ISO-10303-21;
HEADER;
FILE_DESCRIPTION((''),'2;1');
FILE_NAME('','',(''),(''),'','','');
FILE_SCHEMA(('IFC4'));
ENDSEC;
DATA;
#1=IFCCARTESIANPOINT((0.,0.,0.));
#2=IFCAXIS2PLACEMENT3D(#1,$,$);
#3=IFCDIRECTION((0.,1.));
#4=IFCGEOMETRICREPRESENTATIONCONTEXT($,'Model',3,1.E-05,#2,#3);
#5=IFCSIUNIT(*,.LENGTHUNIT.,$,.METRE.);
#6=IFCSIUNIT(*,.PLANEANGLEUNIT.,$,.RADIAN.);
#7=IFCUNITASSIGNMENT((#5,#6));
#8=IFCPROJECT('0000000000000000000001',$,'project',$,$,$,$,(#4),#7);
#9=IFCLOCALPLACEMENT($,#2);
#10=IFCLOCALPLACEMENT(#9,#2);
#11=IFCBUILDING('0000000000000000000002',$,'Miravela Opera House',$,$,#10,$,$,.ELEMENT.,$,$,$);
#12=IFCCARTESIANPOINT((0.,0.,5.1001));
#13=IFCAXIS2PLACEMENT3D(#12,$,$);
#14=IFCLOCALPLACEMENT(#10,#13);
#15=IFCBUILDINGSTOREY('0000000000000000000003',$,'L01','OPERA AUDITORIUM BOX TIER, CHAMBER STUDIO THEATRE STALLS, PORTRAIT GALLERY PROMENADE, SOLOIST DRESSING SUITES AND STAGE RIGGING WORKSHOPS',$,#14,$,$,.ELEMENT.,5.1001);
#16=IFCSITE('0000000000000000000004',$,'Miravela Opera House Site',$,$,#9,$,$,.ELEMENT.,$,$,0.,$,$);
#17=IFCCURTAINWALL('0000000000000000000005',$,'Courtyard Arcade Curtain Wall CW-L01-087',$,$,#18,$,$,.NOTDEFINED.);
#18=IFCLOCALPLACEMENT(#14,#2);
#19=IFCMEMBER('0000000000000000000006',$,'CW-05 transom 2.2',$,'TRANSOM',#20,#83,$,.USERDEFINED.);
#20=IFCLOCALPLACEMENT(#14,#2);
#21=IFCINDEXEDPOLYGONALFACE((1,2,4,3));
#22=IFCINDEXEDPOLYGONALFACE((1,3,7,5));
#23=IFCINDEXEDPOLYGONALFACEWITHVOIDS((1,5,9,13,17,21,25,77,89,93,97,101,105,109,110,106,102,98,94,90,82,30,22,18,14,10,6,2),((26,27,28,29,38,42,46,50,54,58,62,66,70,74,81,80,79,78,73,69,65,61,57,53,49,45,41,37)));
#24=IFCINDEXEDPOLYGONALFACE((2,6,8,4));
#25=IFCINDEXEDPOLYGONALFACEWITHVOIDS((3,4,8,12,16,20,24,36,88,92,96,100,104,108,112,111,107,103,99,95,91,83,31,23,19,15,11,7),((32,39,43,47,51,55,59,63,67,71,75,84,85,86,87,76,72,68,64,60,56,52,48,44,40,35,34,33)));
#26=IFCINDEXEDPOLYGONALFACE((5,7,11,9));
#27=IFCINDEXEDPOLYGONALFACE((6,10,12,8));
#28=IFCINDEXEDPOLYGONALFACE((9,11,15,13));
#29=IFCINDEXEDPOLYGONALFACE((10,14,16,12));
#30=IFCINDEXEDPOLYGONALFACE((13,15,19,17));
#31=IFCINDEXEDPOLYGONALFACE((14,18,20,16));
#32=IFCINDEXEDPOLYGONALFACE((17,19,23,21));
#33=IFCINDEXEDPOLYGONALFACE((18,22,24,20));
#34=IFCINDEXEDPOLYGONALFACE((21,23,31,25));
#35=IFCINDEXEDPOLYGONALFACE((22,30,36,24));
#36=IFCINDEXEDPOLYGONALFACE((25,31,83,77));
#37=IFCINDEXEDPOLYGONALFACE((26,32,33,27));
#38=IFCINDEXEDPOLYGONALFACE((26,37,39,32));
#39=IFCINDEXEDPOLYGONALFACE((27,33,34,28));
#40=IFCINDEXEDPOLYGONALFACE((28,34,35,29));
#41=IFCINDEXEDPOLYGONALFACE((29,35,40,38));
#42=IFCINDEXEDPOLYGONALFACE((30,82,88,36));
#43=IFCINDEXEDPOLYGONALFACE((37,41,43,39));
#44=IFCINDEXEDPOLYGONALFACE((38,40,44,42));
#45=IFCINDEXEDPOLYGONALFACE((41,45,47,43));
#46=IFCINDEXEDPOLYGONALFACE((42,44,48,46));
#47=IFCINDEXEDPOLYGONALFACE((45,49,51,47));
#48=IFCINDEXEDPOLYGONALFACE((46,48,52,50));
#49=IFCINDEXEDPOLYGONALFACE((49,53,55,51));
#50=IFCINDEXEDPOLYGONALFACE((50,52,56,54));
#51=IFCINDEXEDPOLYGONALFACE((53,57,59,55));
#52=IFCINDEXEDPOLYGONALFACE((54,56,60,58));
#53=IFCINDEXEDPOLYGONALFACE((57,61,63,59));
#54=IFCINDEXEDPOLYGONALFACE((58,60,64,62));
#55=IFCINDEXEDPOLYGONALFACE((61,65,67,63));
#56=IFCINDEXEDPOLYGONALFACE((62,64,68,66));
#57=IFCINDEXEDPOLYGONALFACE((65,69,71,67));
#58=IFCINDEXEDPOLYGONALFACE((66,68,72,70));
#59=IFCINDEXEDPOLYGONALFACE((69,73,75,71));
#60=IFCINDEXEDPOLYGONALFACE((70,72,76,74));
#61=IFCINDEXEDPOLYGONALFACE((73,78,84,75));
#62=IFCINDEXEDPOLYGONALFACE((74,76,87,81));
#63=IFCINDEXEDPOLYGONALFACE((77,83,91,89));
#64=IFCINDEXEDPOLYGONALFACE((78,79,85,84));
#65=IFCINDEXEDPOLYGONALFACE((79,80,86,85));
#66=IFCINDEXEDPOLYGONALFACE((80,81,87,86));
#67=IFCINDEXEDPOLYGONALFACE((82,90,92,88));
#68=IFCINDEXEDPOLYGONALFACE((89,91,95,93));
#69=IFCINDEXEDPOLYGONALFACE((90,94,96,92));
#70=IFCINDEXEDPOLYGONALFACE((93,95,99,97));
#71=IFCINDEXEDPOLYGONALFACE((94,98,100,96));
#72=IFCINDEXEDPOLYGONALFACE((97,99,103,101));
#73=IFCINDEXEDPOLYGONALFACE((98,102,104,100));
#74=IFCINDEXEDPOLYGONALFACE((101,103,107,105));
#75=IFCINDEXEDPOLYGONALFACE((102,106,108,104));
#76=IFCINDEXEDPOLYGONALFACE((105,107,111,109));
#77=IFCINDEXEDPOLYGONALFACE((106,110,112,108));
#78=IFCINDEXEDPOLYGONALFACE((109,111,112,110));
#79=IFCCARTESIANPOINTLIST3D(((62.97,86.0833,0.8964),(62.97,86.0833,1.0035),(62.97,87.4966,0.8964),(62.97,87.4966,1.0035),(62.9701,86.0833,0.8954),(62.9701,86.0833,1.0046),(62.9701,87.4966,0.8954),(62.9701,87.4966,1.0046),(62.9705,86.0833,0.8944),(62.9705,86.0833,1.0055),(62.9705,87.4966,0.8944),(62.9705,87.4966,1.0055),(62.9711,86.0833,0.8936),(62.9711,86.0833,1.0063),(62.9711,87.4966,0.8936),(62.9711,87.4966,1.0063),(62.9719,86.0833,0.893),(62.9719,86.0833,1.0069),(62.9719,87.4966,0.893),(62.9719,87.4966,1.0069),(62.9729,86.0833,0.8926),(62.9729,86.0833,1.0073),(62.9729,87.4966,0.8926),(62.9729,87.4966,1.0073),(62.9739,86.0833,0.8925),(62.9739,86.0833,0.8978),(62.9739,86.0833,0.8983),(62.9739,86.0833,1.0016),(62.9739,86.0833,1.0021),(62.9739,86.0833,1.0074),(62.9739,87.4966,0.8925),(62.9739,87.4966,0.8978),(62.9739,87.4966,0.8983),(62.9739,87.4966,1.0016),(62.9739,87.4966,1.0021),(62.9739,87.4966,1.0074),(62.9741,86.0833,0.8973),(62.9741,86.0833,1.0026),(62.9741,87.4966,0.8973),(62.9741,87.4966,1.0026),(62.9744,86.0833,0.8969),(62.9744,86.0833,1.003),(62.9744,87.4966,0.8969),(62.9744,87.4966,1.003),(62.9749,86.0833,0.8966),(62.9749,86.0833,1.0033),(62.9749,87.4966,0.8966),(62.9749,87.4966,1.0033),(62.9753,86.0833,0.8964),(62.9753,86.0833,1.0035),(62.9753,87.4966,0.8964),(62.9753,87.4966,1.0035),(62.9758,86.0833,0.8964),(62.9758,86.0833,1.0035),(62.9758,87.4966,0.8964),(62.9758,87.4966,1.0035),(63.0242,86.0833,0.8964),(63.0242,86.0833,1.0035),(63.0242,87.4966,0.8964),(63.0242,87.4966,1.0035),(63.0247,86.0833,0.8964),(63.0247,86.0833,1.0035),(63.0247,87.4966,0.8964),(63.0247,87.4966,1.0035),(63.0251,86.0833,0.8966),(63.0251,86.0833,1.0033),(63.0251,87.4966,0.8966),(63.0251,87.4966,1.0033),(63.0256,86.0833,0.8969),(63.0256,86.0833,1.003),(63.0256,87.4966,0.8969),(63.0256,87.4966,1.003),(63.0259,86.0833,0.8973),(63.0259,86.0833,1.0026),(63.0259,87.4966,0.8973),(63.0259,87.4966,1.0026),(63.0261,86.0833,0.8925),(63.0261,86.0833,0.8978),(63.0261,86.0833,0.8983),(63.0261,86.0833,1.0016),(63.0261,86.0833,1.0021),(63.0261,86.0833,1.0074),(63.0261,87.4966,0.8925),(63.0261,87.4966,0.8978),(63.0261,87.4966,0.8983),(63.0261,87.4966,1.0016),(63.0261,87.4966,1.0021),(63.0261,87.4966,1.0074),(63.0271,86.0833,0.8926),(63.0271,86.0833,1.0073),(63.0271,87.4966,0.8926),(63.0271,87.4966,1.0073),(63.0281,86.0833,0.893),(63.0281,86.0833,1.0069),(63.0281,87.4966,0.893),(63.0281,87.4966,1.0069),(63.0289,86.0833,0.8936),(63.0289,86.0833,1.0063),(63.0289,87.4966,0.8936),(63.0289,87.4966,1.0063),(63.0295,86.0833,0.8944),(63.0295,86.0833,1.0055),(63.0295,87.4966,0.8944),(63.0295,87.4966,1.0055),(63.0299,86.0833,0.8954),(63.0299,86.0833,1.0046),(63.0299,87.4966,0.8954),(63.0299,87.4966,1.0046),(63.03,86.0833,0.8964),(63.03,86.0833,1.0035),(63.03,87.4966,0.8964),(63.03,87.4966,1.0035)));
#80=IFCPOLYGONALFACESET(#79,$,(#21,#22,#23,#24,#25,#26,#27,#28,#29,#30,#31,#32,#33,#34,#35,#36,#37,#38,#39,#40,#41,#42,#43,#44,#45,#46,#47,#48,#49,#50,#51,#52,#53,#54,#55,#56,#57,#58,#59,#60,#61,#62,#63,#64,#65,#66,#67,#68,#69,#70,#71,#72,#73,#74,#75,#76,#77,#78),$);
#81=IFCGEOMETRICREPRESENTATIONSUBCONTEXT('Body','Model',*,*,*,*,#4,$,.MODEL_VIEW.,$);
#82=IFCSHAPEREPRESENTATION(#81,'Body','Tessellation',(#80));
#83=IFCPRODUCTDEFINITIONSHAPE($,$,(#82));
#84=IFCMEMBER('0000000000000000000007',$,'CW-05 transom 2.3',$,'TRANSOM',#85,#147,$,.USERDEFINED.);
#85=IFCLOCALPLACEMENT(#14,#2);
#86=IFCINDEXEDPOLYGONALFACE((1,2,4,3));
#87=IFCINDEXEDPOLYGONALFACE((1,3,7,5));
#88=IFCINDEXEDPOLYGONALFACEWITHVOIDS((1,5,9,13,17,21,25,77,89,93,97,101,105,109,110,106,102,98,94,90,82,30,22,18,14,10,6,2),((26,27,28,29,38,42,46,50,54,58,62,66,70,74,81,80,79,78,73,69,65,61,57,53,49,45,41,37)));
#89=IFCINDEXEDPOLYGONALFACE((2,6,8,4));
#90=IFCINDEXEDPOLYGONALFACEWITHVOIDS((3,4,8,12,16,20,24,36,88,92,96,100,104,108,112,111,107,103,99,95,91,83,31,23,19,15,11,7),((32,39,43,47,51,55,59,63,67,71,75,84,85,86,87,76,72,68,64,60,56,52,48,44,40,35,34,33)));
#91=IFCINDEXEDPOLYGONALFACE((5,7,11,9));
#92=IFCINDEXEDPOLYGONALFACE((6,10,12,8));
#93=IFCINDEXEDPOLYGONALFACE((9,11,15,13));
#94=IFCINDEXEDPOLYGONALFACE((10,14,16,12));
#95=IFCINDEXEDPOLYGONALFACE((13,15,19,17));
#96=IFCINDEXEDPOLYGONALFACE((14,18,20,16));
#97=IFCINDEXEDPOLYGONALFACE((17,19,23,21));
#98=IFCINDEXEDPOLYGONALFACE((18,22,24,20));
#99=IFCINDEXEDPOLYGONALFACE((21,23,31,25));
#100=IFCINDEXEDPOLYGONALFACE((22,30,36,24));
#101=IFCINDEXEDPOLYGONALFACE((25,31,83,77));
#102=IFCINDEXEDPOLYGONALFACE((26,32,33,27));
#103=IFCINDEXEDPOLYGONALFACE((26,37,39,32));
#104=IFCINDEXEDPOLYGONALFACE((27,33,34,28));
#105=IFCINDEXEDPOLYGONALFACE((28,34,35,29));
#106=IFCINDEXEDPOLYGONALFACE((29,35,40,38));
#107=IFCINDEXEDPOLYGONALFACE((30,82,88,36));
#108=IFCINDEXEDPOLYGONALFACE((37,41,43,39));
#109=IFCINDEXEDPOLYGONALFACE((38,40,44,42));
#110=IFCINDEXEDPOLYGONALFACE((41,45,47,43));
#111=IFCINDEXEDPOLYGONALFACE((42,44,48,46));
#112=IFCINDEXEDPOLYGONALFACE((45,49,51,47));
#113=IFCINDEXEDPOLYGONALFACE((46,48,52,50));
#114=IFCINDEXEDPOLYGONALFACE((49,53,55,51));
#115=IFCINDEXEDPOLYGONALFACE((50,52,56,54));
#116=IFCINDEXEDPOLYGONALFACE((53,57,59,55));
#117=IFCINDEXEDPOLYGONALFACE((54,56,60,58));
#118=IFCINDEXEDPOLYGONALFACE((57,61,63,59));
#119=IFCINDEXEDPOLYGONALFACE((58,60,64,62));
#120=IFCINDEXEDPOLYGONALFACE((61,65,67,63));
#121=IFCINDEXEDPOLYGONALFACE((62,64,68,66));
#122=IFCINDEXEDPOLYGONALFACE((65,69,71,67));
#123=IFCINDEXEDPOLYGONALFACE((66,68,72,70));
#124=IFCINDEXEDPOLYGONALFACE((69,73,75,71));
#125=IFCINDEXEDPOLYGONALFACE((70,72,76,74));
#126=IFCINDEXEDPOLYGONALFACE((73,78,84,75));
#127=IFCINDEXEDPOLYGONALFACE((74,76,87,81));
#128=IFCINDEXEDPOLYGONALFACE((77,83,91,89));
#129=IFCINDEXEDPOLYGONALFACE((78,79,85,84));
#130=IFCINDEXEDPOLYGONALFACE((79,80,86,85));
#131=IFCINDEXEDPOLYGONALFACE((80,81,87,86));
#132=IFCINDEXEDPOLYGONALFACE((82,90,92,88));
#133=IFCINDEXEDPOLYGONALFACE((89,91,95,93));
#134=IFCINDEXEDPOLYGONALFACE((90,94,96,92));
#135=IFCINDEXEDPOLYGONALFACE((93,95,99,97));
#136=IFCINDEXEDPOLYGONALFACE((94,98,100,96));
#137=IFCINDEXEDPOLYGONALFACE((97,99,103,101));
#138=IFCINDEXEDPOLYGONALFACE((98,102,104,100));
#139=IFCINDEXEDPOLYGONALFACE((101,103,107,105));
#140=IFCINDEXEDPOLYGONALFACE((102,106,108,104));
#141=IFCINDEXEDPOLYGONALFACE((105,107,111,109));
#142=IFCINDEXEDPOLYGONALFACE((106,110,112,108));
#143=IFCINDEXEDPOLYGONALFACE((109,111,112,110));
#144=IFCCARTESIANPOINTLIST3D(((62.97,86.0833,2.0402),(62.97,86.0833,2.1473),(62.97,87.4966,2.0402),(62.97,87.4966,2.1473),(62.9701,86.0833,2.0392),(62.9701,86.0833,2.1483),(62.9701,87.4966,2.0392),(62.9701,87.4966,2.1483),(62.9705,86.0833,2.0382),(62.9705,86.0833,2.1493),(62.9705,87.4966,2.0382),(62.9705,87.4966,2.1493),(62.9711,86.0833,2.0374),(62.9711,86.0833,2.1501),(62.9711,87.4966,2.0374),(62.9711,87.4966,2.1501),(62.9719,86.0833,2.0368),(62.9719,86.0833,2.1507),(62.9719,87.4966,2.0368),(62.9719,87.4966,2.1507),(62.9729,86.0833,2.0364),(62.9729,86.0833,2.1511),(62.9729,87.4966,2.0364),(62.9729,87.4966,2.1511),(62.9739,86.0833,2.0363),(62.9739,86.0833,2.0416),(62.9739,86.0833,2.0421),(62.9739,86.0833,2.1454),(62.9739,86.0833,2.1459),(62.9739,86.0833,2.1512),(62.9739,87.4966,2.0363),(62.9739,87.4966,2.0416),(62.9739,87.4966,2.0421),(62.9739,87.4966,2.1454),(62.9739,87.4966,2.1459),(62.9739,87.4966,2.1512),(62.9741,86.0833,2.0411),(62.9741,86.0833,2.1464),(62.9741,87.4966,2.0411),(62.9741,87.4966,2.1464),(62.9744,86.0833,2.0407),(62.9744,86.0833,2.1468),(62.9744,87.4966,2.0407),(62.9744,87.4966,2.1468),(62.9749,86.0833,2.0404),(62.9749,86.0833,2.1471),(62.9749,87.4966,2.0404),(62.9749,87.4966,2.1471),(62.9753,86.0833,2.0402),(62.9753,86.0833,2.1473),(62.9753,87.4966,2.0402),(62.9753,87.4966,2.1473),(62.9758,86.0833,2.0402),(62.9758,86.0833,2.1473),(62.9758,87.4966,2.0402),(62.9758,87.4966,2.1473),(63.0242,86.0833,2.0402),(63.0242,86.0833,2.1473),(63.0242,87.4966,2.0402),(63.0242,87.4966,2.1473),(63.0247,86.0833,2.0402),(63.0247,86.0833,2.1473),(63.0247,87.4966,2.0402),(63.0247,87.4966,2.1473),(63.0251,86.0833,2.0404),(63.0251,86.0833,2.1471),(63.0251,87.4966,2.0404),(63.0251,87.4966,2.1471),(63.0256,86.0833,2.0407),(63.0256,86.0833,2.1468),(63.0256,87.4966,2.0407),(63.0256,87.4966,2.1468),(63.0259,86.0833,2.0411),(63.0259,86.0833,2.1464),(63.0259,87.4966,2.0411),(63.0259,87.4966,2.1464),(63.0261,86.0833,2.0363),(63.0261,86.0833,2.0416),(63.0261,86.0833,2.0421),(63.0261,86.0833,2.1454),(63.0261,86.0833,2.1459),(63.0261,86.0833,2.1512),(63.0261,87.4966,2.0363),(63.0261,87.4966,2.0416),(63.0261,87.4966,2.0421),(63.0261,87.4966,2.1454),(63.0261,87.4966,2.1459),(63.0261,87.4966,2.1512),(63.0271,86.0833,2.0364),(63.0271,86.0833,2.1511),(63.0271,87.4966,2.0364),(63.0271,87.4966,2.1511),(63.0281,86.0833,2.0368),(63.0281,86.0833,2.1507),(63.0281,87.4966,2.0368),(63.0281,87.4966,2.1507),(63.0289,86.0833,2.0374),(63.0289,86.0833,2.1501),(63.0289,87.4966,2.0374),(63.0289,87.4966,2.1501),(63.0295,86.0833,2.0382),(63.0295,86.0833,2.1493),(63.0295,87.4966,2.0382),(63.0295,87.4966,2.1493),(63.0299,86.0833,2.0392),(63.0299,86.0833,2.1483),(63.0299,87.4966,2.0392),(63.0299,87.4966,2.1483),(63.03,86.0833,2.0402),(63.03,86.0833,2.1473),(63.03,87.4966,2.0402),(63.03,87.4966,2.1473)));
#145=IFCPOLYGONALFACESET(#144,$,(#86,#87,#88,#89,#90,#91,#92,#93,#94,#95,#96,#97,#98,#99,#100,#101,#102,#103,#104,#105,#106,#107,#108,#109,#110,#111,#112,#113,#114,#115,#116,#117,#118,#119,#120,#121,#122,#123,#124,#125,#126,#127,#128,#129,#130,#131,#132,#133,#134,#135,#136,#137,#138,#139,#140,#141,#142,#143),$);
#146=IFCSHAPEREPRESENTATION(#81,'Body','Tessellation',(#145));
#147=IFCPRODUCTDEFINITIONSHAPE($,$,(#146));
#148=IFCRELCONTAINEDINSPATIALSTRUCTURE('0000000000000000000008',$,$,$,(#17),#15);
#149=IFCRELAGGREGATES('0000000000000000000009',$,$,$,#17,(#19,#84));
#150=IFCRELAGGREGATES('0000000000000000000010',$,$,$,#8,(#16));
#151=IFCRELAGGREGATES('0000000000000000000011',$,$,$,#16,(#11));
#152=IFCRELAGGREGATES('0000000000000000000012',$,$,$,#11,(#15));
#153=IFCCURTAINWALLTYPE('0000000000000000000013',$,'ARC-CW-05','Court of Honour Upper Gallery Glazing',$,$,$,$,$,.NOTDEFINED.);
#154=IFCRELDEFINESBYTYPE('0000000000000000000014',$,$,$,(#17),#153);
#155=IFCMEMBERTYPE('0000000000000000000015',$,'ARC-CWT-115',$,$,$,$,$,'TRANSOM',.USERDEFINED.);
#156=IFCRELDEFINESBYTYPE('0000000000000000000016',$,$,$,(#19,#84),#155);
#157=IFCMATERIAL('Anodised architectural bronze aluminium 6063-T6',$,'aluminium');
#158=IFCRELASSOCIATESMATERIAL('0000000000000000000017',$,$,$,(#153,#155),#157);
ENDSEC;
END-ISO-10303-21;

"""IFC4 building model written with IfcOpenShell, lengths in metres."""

from ifc_helpers import new_model, si_unit, direction, frame, origin, origin_2d, place, context, subcontext, project, spatial, hollow_rectangle, extrude, material, material_profile, profile_set, type_object, element, aggregate, save


model = new_model("IFC4")

# Units and contexts
model_context = context("Model", 3, precision=1e-05, world=origin(), true_north=direction((0.0, 1.0)))
body_context = subcontext(model_context, "Body", "Model", "MODEL_VIEW")
ifc_project = project(units=[si_unit("LENGTHUNIT", "METRE"), si_unit("PLANEANGLEUNIT", "RADIAN")], contexts=[model_context])

# Site, building, storey
site_placement = place(None, origin())
site = spatial("IfcSite", under=ifc_project, at=site_placement, Name="Miravela Opera House Site", CompositionType="ELEMENT", RefElevation=0.0)
building_placement = place(site_placement, origin())
building = spatial("IfcBuilding", under=site, at=building_placement, Name="Miravela Opera House", CompositionType="ELEMENT")
storey_placement = place(building_placement, frame((0.0, 0.0, 5.1001)))
storey = spatial("IfcBuildingStorey", under=building, at=storey_placement, Name="L01", Description="OPERA AUDITORIUM BOX TIER, CHAMBER STUDIO THEATRE STALLS, PORTRAIT GALLERY PROMENADE, SOLOIST DRESSING SUITES AND STAGE RIGGING WORKSHOPS", CompositionType="ELEMENT", Elevation=5.1001)

# Curtain wall, members
ifc_material_1 = material(Name="Anodised architectural bronze aluminium 6063-T6", Category="aluminium")
curtain_wall_type = type_object("IfcCurtainWallType", Name="ARC-CW-05", Description="Court of Honour Upper Gallery Glazing", PredefinedType="NOTDEFINED", material=ifc_material_1)
curtain_wall_placement = place(storey_placement, origin())
curtain_wall = element("IfcCurtainWall", 1, at=curtain_wall_placement, inside=storey, type_object=curtain_wall_type, Name="Courtyard Arcade Curtain Wall CW-L01-087", PredefinedType="NOTDEFINED")
ifc_material_profile_1 = material_profile(ifc_material_1, hollow_rectangle(XDim=0.0601, YDim=0.115, WallThickness=0.0039, InnerFilletRadius=0.002, OuterFilletRadius=0.0039, at=origin_2d()), Name="CWT-60X115")
ifc_profile_set_1 = profile_set([ifc_material_profile_1])
member_type_1 = type_object("IfcMemberType", Name="ARC-CWT-115", ElementType="TRANSOM", PredefinedType="USERDEFINED", material=ifc_profile_set_1)
member_1_placement = place(storey_placement, frame((63.0, 86.0833, 0.95), z_axis=(0.0, 1.0, 0.0), x_axis=(-1.0, 0.0, 0.0)))
member_1 = element("IfcMember", 2, at=member_1_placement, type_object=member_type_1, Name="CW-05 transom 2.2", ObjectType="TRANSOM", PredefinedType="USERDEFINED", context=body_context, shape_type="SweptSolid", body=[
    extrude(hollow_rectangle(XDim=0.0601, YDim=0.115, WallThickness=0.0039, InnerFilletRadius=0.002, OuterFilletRadius=0.0039, at=origin_2d()), origin(), (0.0, 0.0, 1.0), 1.4133),
])
member_2_placement = place(storey_placement, frame((63.0, 86.0833, 2.0938), z_axis=(0.0, 1.0, 0.0), x_axis=(-1.0, 0.0, 0.0)))
member_2 = element("IfcMember", 3, at=member_2_placement, type_object=member_type_1, Name="CW-05 transom 2.3", ObjectType="TRANSOM", PredefinedType="USERDEFINED", context=body_context, shape_type="SweptSolid", body=[
    extrude(hollow_rectangle(XDim=0.0601, YDim=0.115, WallThickness=0.0039, InnerFilletRadius=0.002, OuterFilletRadius=0.0039, at=origin_2d()), origin(), (0.0, 0.0, 1.0), 1.4133),
])
aggregate(curtain_wall, [member_1, member_2])

save(model, "model.ifc")
